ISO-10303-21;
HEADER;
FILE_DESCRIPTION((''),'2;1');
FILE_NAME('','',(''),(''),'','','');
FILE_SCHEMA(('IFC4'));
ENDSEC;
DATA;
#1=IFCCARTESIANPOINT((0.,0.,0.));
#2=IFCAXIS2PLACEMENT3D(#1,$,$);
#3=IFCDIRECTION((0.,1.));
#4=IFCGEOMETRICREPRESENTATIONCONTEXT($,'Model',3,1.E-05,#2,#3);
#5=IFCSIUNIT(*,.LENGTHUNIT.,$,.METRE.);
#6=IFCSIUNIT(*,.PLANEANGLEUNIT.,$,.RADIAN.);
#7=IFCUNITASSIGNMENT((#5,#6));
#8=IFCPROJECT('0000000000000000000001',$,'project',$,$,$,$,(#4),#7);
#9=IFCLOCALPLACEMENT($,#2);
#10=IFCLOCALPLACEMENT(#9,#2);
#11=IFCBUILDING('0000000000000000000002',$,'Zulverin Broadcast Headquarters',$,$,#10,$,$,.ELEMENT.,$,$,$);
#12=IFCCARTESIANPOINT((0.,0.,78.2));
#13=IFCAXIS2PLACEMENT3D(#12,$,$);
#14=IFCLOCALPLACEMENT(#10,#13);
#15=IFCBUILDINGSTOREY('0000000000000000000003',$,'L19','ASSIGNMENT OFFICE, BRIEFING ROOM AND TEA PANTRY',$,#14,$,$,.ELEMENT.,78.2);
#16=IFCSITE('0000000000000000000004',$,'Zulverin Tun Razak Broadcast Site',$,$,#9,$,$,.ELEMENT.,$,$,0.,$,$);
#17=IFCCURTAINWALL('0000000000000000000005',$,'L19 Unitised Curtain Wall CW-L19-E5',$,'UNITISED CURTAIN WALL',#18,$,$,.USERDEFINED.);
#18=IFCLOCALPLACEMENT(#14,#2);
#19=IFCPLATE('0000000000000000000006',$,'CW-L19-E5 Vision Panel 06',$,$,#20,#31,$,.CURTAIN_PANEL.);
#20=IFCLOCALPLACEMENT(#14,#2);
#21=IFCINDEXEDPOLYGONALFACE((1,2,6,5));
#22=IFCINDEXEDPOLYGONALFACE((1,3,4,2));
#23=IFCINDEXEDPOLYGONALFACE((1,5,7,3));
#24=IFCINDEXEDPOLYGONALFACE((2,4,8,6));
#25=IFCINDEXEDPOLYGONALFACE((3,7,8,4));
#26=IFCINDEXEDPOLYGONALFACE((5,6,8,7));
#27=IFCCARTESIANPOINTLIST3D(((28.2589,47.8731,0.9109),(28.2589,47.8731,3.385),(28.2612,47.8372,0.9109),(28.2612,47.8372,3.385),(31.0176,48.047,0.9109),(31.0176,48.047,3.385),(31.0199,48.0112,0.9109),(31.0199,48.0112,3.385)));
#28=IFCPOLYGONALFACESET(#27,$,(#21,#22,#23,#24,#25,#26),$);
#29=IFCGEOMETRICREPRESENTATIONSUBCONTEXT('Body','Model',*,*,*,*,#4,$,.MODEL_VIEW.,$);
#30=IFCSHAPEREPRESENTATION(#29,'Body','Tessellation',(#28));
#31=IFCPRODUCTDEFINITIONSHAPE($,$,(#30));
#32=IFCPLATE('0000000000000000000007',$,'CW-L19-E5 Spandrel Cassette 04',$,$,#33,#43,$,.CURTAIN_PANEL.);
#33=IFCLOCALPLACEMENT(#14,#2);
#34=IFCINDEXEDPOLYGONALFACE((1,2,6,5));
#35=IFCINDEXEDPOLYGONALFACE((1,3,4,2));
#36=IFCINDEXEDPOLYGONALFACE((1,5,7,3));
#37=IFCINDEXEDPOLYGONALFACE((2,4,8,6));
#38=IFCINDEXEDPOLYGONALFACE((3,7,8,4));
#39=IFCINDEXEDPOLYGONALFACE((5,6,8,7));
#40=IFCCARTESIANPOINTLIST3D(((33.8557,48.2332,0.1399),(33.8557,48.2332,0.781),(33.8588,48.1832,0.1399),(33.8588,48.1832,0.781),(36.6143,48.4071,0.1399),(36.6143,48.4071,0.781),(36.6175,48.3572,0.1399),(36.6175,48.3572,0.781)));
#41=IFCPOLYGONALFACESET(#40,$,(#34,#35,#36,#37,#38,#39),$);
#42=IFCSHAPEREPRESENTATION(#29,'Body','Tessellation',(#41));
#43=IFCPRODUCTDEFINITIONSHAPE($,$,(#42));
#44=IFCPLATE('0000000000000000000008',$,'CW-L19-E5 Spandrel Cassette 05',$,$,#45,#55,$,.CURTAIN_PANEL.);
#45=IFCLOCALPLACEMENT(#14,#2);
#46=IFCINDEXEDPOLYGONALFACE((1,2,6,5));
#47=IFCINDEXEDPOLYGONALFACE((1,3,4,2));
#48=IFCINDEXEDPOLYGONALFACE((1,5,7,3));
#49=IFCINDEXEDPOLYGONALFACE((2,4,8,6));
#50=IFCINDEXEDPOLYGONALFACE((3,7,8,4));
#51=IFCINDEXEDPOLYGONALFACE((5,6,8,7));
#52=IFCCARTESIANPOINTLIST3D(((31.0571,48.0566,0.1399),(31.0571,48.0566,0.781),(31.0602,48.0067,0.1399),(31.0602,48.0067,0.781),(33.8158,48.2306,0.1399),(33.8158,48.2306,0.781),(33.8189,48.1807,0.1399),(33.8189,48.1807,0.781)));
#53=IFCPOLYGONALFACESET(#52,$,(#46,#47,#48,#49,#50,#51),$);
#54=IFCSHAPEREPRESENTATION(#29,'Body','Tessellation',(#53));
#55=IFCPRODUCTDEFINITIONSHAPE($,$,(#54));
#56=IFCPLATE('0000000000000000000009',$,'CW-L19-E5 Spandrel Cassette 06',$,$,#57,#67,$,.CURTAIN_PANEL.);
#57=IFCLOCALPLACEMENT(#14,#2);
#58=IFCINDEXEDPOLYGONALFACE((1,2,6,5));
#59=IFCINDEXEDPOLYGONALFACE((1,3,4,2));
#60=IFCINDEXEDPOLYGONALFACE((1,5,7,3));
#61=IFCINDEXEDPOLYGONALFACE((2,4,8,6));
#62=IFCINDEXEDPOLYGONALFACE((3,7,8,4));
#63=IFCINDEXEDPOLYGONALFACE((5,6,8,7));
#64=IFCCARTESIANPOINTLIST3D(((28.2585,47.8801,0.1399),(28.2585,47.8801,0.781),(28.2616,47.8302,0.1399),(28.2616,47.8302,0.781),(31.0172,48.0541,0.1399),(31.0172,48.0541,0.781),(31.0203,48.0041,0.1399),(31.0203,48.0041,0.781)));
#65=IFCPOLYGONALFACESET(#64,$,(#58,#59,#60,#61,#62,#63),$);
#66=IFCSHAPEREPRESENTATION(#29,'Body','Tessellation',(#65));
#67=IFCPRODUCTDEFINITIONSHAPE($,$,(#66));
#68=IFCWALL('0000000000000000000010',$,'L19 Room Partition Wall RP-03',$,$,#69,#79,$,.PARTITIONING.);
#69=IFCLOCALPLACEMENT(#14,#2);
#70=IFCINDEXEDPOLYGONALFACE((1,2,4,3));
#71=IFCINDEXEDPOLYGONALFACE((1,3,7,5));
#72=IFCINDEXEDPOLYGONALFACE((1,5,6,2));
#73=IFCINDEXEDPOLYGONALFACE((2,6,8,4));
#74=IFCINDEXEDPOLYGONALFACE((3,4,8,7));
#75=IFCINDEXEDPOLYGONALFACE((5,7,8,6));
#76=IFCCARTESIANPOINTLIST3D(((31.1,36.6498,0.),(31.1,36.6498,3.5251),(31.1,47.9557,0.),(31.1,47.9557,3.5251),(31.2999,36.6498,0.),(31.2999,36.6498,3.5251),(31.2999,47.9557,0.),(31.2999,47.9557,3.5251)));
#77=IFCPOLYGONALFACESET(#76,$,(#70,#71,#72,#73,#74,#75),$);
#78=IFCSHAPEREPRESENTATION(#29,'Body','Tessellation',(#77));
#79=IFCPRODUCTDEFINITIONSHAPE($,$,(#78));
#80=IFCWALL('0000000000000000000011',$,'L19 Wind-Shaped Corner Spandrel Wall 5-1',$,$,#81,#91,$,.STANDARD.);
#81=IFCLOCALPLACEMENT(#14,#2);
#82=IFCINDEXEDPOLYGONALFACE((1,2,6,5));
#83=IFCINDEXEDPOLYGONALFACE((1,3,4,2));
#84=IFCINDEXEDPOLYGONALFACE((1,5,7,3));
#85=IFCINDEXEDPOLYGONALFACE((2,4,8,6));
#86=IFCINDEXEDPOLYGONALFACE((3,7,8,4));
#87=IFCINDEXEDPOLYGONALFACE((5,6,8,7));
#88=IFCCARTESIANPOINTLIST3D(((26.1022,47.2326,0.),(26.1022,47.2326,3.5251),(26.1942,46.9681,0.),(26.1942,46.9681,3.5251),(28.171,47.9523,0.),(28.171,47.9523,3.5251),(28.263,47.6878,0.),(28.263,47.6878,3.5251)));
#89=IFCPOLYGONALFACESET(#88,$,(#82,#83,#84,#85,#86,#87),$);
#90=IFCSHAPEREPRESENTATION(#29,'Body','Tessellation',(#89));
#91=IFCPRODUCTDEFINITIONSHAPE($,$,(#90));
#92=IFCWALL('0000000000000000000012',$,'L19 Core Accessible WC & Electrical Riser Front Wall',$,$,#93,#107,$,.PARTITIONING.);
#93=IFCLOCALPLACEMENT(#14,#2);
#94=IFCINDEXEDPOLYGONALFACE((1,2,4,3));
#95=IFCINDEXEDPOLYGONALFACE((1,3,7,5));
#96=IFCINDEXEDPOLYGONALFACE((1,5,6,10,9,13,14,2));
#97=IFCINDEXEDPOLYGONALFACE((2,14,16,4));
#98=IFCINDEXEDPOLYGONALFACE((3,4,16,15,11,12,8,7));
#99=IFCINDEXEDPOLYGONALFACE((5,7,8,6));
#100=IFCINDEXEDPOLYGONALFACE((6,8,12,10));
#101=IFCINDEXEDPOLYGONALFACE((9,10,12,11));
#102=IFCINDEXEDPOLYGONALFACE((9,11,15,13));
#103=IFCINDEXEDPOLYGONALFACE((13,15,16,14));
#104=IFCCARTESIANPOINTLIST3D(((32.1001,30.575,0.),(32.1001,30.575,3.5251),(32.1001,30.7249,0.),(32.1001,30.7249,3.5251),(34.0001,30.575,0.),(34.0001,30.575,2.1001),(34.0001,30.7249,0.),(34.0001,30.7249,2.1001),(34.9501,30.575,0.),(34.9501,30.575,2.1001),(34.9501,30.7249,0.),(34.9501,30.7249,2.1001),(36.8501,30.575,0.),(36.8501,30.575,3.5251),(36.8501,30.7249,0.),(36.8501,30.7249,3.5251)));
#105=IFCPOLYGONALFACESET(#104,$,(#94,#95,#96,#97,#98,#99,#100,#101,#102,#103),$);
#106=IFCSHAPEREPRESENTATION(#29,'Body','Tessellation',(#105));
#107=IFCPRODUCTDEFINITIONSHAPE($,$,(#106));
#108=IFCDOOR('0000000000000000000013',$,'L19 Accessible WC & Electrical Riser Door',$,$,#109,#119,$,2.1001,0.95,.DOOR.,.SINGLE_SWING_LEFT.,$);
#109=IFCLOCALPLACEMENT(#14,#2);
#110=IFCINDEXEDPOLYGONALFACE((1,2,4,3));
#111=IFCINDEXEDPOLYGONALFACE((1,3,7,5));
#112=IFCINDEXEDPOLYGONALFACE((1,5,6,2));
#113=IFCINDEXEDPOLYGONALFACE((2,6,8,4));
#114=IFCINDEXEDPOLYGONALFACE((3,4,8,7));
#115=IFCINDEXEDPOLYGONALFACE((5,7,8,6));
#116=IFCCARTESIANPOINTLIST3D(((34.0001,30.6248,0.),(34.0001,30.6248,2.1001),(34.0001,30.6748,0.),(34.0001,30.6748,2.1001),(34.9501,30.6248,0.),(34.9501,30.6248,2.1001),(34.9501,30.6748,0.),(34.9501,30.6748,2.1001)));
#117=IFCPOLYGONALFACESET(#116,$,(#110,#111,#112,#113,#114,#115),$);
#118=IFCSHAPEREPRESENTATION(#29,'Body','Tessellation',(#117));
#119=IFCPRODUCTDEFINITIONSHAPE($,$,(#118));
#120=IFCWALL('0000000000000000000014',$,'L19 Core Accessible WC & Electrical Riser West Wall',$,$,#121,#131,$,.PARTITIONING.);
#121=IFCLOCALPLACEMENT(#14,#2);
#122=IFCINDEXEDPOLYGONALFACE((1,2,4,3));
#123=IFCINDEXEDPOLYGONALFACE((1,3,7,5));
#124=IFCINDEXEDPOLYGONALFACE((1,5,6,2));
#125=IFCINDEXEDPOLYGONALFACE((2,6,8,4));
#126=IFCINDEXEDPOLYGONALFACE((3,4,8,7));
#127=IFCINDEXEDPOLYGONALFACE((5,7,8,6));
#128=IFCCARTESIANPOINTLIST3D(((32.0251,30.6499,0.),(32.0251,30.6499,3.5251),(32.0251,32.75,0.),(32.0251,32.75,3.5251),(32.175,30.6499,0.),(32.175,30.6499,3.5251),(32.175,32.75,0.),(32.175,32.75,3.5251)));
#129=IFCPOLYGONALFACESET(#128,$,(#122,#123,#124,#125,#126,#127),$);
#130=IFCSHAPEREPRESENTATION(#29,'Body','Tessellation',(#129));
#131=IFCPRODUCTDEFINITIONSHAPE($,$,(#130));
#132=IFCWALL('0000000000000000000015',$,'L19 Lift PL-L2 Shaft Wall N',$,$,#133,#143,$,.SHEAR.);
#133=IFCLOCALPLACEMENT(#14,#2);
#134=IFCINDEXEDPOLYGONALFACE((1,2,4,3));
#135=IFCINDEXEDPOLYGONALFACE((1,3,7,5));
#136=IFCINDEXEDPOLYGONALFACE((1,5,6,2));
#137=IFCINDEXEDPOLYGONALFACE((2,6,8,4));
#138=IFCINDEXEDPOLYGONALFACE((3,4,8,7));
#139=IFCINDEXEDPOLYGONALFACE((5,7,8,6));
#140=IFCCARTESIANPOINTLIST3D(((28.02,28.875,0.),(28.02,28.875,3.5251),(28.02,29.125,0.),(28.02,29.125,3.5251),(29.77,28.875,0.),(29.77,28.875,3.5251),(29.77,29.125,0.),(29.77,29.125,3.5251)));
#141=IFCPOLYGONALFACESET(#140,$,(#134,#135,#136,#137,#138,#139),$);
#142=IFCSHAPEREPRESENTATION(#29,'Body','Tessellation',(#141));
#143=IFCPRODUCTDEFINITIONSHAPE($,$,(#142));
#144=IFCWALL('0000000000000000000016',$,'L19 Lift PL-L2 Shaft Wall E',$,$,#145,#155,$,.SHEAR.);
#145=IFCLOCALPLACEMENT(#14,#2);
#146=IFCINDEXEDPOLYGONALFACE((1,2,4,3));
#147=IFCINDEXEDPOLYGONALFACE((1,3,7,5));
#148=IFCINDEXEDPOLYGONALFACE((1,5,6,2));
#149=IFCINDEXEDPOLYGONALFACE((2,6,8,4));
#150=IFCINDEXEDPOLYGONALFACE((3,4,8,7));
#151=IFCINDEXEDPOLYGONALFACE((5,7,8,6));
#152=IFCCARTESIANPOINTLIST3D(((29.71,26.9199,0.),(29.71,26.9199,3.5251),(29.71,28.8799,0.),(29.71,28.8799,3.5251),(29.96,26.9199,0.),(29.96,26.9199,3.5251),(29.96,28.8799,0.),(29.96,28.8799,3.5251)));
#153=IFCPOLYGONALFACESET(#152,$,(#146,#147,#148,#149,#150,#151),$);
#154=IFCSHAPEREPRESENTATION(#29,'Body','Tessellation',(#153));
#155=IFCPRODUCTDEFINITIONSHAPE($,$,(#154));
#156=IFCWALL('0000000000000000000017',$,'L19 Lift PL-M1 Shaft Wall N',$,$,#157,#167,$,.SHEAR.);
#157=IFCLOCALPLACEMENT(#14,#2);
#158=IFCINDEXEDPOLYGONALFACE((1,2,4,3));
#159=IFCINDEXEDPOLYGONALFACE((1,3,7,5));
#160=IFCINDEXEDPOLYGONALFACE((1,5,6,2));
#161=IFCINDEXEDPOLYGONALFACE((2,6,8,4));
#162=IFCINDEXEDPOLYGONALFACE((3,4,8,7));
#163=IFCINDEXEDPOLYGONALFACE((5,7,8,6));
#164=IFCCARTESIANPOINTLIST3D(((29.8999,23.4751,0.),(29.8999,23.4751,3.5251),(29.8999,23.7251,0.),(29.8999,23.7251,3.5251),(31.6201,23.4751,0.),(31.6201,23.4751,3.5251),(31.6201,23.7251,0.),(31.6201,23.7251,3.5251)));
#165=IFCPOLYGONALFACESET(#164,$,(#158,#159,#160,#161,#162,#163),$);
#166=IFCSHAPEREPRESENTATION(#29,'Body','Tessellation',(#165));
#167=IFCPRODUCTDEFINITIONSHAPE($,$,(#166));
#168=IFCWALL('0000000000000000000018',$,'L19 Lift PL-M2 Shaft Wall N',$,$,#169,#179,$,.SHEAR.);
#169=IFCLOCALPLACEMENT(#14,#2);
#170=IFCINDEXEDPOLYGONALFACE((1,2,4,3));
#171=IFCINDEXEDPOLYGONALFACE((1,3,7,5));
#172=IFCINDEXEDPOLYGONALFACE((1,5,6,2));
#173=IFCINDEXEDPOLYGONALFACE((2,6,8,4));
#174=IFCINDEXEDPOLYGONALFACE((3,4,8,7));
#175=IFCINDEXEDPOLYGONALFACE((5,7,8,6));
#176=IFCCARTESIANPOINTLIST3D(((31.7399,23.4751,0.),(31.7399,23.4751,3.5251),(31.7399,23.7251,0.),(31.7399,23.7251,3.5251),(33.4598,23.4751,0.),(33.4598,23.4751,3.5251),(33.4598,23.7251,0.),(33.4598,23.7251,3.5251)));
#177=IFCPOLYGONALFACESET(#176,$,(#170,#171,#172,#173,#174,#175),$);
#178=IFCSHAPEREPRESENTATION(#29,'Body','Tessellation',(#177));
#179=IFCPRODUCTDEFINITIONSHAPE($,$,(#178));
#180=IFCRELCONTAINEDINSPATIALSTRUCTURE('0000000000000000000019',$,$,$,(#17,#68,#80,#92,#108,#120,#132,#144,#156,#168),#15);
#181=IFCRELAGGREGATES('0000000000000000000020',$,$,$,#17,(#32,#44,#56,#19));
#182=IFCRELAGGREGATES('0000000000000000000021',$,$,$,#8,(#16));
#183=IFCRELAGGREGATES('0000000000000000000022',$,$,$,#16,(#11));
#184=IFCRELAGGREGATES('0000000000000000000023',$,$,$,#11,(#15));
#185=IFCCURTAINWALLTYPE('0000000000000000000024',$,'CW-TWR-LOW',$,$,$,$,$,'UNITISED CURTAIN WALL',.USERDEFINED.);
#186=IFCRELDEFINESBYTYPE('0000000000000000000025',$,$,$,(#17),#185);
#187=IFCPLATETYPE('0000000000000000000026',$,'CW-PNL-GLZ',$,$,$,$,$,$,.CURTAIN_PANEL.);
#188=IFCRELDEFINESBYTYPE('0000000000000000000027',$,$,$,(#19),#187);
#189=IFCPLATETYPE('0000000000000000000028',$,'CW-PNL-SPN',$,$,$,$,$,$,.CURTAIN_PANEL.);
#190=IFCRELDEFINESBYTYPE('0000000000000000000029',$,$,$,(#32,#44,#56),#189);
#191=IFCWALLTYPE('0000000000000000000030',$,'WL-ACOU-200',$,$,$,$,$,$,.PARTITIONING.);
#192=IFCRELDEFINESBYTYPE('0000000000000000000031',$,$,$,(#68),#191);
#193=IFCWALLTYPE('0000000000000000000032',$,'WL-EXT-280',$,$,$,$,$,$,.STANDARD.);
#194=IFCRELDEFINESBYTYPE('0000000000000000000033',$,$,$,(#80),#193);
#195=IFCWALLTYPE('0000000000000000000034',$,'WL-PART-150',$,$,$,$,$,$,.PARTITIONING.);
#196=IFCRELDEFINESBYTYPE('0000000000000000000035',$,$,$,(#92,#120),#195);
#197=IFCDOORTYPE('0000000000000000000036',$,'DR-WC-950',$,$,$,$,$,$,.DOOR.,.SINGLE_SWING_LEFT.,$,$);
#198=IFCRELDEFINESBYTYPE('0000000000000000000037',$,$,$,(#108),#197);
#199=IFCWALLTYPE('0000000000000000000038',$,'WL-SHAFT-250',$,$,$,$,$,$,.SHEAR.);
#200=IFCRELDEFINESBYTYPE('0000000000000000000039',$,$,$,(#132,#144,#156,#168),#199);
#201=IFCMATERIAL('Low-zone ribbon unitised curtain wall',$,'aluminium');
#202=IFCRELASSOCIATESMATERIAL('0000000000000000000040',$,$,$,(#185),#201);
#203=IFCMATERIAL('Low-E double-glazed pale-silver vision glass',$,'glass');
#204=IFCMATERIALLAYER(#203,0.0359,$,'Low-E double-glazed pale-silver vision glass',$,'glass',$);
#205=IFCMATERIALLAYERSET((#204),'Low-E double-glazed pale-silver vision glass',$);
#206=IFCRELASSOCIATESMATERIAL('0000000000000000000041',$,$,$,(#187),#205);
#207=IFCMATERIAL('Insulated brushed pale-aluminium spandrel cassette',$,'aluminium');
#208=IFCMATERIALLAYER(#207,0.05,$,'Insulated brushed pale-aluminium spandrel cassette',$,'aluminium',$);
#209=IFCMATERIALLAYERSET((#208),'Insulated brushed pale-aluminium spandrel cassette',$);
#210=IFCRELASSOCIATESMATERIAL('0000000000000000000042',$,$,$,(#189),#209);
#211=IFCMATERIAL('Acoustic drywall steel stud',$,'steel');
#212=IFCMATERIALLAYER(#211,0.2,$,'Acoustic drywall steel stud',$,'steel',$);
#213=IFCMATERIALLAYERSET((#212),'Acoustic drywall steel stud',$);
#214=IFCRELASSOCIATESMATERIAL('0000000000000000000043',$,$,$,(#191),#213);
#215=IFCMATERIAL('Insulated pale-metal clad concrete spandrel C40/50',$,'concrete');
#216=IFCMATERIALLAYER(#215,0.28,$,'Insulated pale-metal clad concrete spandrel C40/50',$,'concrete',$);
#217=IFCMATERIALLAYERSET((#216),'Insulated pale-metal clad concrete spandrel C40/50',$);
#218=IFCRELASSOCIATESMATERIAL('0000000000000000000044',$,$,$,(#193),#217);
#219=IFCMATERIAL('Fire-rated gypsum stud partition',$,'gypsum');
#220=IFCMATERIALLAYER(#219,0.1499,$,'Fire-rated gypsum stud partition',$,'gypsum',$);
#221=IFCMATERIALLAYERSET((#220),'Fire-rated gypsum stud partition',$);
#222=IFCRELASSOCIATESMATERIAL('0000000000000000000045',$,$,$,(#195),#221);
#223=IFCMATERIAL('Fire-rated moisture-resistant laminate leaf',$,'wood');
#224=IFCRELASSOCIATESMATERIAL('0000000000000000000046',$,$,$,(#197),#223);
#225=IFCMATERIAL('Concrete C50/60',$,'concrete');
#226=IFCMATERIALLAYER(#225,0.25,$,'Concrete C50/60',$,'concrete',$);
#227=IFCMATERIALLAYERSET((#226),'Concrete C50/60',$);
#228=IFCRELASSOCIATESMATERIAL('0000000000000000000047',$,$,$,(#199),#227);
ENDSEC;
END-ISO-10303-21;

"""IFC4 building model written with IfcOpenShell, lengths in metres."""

from ifc_helpers import new_model, si_unit, direction, frame, frame_2d, origin, origin_2d, place, context, subcontext, project, spatial, rectangle, extrude, material, layer, layer_set, type_object, element, fill, aggregate, save


model = new_model("IFC4")

# Units and contexts
model_context = context("Model", 3, precision=1e-05, world=origin(), true_north=direction((0.0, 1.0)))
body_context = subcontext(model_context, "Body", "Model", "MODEL_VIEW")
ifc_project = project(units=[si_unit("LENGTHUNIT", "METRE"), si_unit("PLANEANGLEUNIT", "RADIAN")], contexts=[model_context])

# Site, building, storey
site_placement = place(None, origin())
site = spatial("IfcSite", under=ifc_project, at=site_placement, Name="Zulverin Tun Razak Broadcast Site", CompositionType="ELEMENT", RefElevation=0.0)
building_placement = place(site_placement, origin())
building = spatial("IfcBuilding", under=site, at=building_placement, Name="Zulverin Broadcast Headquarters", CompositionType="ELEMENT")
storey_placement = place(building_placement, frame((0.0, 0.0, 78.2)))
storey = spatial("IfcBuildingStorey", under=building, at=storey_placement, Name="L19", Description="ASSIGNMENT OFFICE, BRIEFING ROOM AND TEA PANTRY", CompositionType="ELEMENT", Elevation=78.2)

# Curtain wall, plates
ifc_material_1 = material(Name="Low-zone ribbon unitised curtain wall", Category="aluminium")
curtain_wall_type = type_object("IfcCurtainWallType", Name="CW-TWR-LOW", ElementType="UNITISED CURTAIN WALL", PredefinedType="USERDEFINED", material=ifc_material_1)
curtain_wall_placement = place(storey_placement, origin())
curtain_wall = element("IfcCurtainWall", 1, at=curtain_wall_placement, inside=storey, type_object=curtain_wall_type, Name="L19 Unitised Curtain Wall CW-L19-E5", ObjectType="UNITISED CURTAIN WALL", PredefinedType="USERDEFINED")
ifc_material_2 = material(Name="Low-E double-glazed pale-silver vision glass", Category="glass")
ifc_layer_1 = layer(ifc_material_2, 0.0359, Name="Low-E double-glazed pale-silver vision glass", Category="glass")
ifc_layer_set_1 = layer_set([ifc_layer_1], Name="Low-E double-glazed pale-silver vision glass")
plate_type_1 = type_object("IfcPlateType", Name="CW-PNL-GLZ", PredefinedType="CURTAIN_PANEL", material=ifc_layer_set_1)
plate_1_placement = place(storey_placement, frame((29.6394, 47.9421, 0.9109), z_axis=(0.0, 0.0, 1.0), x_axis=(-0.998018, -0.062935, 0.0)))
plate_1 = element("IfcPlate", 2, at=plate_1_placement, type_object=plate_type_1, Name="CW-L19-E5 Vision Panel 06", PredefinedType="CURTAIN_PANEL", context=body_context, shape_type="SweptSolid", body=[
    extrude(rectangle(XDim=2.7642, YDim=0.0359, at=origin_2d()), origin(), (0.0, 0.0, 1.0), 2.4741),
])
ifc_material_3 = material(Name="Insulated brushed pale-aluminium spandrel cassette", Category="aluminium")
ifc_layer_2 = layer(ifc_material_3, 0.05, Name="Insulated brushed pale-aluminium spandrel cassette", Category="aluminium")
ifc_layer_set_2 = layer_set([ifc_layer_2], Name="Insulated brushed pale-aluminium spandrel cassette")
plate_type_2 = type_object("IfcPlateType", Name="CW-PNL-SPN", PredefinedType="CURTAIN_PANEL", material=ifc_layer_set_2)
plate_2_placement = place(storey_placement, frame((35.2366, 48.2952, 0.1399), z_axis=(0.0, 0.0, 1.0), x_axis=(-0.998018, -0.062935, 0.0)))
plate_2 = element("IfcPlate", 3, at=plate_2_placement, type_object=plate_type_2, Name="CW-L19-E5 Spandrel Cassette 04", PredefinedType="CURTAIN_PANEL", context=body_context, shape_type="SweptSolid", body=[
    extrude(rectangle(XDim=2.7642, YDim=0.05, at=origin_2d()), origin(), (0.0, 0.0, 1.0), 0.6411),
])
plate_3_placement = place(storey_placement, frame((32.438, 48.1187, 0.1399), z_axis=(0.0, 0.0, 1.0), x_axis=(-0.998018, -0.062935, 0.0)))
plate_3 = element("IfcPlate", 4, at=plate_3_placement, type_object=plate_type_2, Name="CW-L19-E5 Spandrel Cassette 05", PredefinedType="CURTAIN_PANEL", context=body_context, shape_type="SweptSolid", body=[
    extrude(rectangle(XDim=2.7642, YDim=0.05, at=origin_2d()), origin(), (0.0, 0.0, 1.0), 0.6411),
])
plate_4_placement = place(storey_placement, frame((29.6394, 47.9421, 0.1399), z_axis=(0.0, 0.0, 1.0), x_axis=(-0.998018, -0.062935, 0.0)))
plate_4 = element("IfcPlate", 5, at=plate_4_placement, type_object=plate_type_2, Name="CW-L19-E5 Spandrel Cassette 06", PredefinedType="CURTAIN_PANEL", context=body_context, shape_type="SweptSolid", body=[
    extrude(rectangle(XDim=2.7642, YDim=0.05, at=origin_2d()), origin(), (0.0, 0.0, 1.0), 0.6411),
])
aggregate(curtain_wall, [plate_2, plate_3, plate_4, plate_1])

# Walls
ifc_material_4 = material(Name="Acoustic drywall steel stud", Category="steel")
ifc_layer_3 = layer(ifc_material_4, 0.2, Name="Acoustic drywall steel stud", Category="steel")
ifc_layer_set_3 = layer_set([ifc_layer_3], Name="Acoustic drywall steel stud")
wall_type_1 = type_object("IfcWallType", Name="WL-ACOU-200", PredefinedType="PARTITIONING", material=ifc_layer_set_3)
wall_1_placement = place(storey_placement, frame((31.2, 36.6499, 0.0), z_axis=(0.0, 0.0, 1.0), x_axis=(0.0, 1.0, 0.0)))
element("IfcWall", 6, at=wall_1_placement, inside=storey, type_object=wall_type_1, Name="L19 Room Partition Wall RP-03", PredefinedType="PARTITIONING", context=body_context, shape_type="SweptSolid", body=[
    extrude(rectangle(XDim=11.3059, YDim=0.2, at=frame_2d((5.6528, 0.0))), origin(), (0.0, 0.0, 1.0), 3.5251),
])
ifc_material_5 = material(Name="Insulated pale-metal clad concrete spandrel C40/50", Category="concrete")
ifc_layer_4 = layer(ifc_material_5, 0.28, Name="Insulated pale-metal clad concrete spandrel C40/50", Category="concrete")
ifc_layer_set_4 = layer_set([ifc_layer_4], Name="Insulated pale-metal clad concrete spandrel C40/50")
wall_type_2 = type_object("IfcWallType", Name="WL-EXT-280", PredefinedType="STANDARD", material=ifc_layer_set_4)
wall_2_placement = place(storey_placement, frame((28.217, 47.8201, 0.0), z_axis=(0.0, 0.0, 1.0), x_axis=(-0.944479, -0.328572, 0.0)))
element("IfcWall", 7, at=wall_2_placement, inside=storey, type_object=wall_type_2, Name="L19 Wind-Shaped Corner Spandrel Wall 5-1", PredefinedType="STANDARD", context=body_context, shape_type="SweptSolid", body=[
    extrude(rectangle(XDim=2.1904, YDim=0.28, at=frame_2d((1.0952, 0.0))), origin(), (0.0, 0.0, 1.0), 3.5251),
])

# Wall, opening, door
ifc_material_6 = material(Name="Fire-rated gypsum stud partition", Category="gypsum")
ifc_layer_5 = layer(ifc_material_6, 0.1499, Name="Fire-rated gypsum stud partition", Category="gypsum")
ifc_layer_set_5 = layer_set([ifc_layer_5], Name="Fire-rated gypsum stud partition")
wall_type_3 = type_object("IfcWallType", Name="WL-PART-150", PredefinedType="PARTITIONING", material=ifc_layer_set_5)
wall_3_placement = place(storey_placement, frame((32.1001, 30.6499, 0.0), z_axis=(0.0, 0.0, 1.0), x_axis=(1.0, 0.0, 0.0)))
wall_3 = element("IfcWall", 8, at=wall_3_placement, inside=storey, type_object=wall_type_3, Name="L19 Core Accessible WC & Electrical Riser Front Wall", PredefinedType="PARTITIONING", context=body_context, shape_type="SweptSolid", body=[
    extrude(rectangle(XDim=4.75, YDim=0.1499, at=frame_2d((2.375, 0.0))), origin(), (0.0, 0.0, 1.0), 3.5251),
])
opening_1_placement = place(wall_3_placement, frame((1.8999, 0.0, 0.0)))
opening_1 = element("IfcOpeningElement", 9, at=opening_1_placement, cuts=wall_3, PredefinedType="OPENING", context=body_context, shape_type="SweptSolid", body=[
    extrude(rectangle(XDim=0.95, YDim=2.1001, at=frame_2d((0.4751, 1.05))), frame((0.0, 0.085, 0.0), z_axis=(0.0, -1.0, 0.0), x_axis=(1.0, 0.0, 0.0)), (0.0, 0.0, 1.0), 0.1699),
])
ifc_material_7 = material(Name="Fire-rated moisture-resistant laminate leaf", Category="wood")
door_type_1 = type_object("IfcDoorType", Name="DR-WC-950", OperationType="SINGLE_SWING_LEFT", PredefinedType="DOOR", material=ifc_material_7)
door_1_placement = place(opening_1_placement, origin())
door_1 = element("IfcDoor", 10, at=door_1_placement, inside=storey, type_object=door_type_1, Name="L19 Accessible WC & Electrical Riser Door", OperationType="SINGLE_SWING_LEFT", OverallHeight=2.1001, OverallWidth=0.95, PredefinedType="DOOR", context=body_context, shape_type="SweptSolid", body=[
    extrude(rectangle(XDim=0.95, YDim=2.1001, at=frame_2d((0.4751, 1.05))), frame((0.0, 0.0249, 0.0), z_axis=(0.0, -1.0, 0.0), x_axis=(1.0, 0.0, 0.0)), (0.0, 0.0, 1.0), 0.05),
])
fill(opening_1, door_1)

# Wall
wall_4_placement = place(storey_placement, frame((32.1001, 30.6499, 0.0), z_axis=(0.0, 0.0, 1.0), x_axis=(0.0, 1.0, 0.0)))
element("IfcWall", 11, at=wall_4_placement, inside=storey, type_object=wall_type_3, Name="L19 Core Accessible WC & Electrical Riser West Wall", PredefinedType="PARTITIONING", context=body_context, shape_type="SweptSolid", body=[
    extrude(rectangle(XDim=2.1001, YDim=0.1499, at=frame_2d((1.05, 0.0))), origin(), (0.0, 0.0, 1.0), 3.5251),
])

# Shared definitions
ifc_material_8 = material(Name="Concrete C50/60", Category="concrete")
ifc_layer_6 = layer(ifc_material_8, 0.25, Name="Concrete C50/60", Category="concrete")
ifc_layer_set_6 = layer_set([ifc_layer_6], Name="Concrete C50/60")
wall_type_4 = type_object("IfcWallType", Name="WL-SHAFT-250", PredefinedType="SHEAR", material=ifc_layer_set_6)

# Walls
wall_5_placement = place(storey_placement, frame((28.02, 29.0, 0.0), z_axis=(0.0, 0.0, 1.0), x_axis=(1.0, 0.0, 0.0)))
element("IfcWall", 12, at=wall_5_placement, inside=storey, type_object=wall_type_4, Name="L19 Lift PL-L2 Shaft Wall N", PredefinedType="SHEAR", context=body_context, shape_type="SweptSolid", body=[
    extrude(rectangle(XDim=1.75, YDim=0.25, at=frame_2d((0.875, 0.0))), origin(), (0.0, 0.0, 1.0), 3.5251),
])
wall_6_placement = place(storey_placement, frame((29.835, 26.9199, 0.0), z_axis=(0.0, 0.0, 1.0), x_axis=(0.0, 1.0, 0.0)))
element("IfcWall", 13, at=wall_6_placement, inside=storey, type_object=wall_type_4, Name="L19 Lift PL-L2 Shaft Wall E", PredefinedType="SHEAR", context=body_context, shape_type="SweptSolid", body=[
    extrude(rectangle(XDim=1.96, YDim=0.25, at=frame_2d((0.98, 0.0))), origin(), (0.0, 0.0, 1.0), 3.5251),
])
wall_7_placement = place(storey_placement, frame((29.8999, 23.6001, 0.0), z_axis=(0.0, 0.0, 1.0), x_axis=(1.0, 0.0, 0.0)))
element("IfcWall", 14, at=wall_7_placement, inside=storey, type_object=wall_type_4, Name="L19 Lift PL-M1 Shaft Wall N", PredefinedType="SHEAR", context=body_context, shape_type="SweptSolid", body=[
    extrude(rectangle(XDim=1.7202, YDim=0.25, at=frame_2d((0.8601, 0.0))), origin(), (0.0, 0.0, 1.0), 3.5251),
])
for number, where, z_axis, x_axis, name in (
    (15, (31.74, 23.6001, 0.0), (0.0, 0.0, 1.0), (1.0, 0.0, 0.0), "L19 Lift PL-M2 Shaft Wall N"),
):
    element("IfcWall", number, at=place(storey_placement, frame(where, z_axis=z_axis, x_axis=x_axis)), inside=storey, type_object=wall_type_4, Name=name, PredefinedType="SHEAR", context=body_context, shape_type="SweptSolid", body=[
        extrude(rectangle(XDim=1.72, YDim=0.25, at=frame_2d((0.8599, 0.0))), origin(), (0.0, 0.0, 1.0), 3.5251),
    ])

save(model, "model.ifc")
